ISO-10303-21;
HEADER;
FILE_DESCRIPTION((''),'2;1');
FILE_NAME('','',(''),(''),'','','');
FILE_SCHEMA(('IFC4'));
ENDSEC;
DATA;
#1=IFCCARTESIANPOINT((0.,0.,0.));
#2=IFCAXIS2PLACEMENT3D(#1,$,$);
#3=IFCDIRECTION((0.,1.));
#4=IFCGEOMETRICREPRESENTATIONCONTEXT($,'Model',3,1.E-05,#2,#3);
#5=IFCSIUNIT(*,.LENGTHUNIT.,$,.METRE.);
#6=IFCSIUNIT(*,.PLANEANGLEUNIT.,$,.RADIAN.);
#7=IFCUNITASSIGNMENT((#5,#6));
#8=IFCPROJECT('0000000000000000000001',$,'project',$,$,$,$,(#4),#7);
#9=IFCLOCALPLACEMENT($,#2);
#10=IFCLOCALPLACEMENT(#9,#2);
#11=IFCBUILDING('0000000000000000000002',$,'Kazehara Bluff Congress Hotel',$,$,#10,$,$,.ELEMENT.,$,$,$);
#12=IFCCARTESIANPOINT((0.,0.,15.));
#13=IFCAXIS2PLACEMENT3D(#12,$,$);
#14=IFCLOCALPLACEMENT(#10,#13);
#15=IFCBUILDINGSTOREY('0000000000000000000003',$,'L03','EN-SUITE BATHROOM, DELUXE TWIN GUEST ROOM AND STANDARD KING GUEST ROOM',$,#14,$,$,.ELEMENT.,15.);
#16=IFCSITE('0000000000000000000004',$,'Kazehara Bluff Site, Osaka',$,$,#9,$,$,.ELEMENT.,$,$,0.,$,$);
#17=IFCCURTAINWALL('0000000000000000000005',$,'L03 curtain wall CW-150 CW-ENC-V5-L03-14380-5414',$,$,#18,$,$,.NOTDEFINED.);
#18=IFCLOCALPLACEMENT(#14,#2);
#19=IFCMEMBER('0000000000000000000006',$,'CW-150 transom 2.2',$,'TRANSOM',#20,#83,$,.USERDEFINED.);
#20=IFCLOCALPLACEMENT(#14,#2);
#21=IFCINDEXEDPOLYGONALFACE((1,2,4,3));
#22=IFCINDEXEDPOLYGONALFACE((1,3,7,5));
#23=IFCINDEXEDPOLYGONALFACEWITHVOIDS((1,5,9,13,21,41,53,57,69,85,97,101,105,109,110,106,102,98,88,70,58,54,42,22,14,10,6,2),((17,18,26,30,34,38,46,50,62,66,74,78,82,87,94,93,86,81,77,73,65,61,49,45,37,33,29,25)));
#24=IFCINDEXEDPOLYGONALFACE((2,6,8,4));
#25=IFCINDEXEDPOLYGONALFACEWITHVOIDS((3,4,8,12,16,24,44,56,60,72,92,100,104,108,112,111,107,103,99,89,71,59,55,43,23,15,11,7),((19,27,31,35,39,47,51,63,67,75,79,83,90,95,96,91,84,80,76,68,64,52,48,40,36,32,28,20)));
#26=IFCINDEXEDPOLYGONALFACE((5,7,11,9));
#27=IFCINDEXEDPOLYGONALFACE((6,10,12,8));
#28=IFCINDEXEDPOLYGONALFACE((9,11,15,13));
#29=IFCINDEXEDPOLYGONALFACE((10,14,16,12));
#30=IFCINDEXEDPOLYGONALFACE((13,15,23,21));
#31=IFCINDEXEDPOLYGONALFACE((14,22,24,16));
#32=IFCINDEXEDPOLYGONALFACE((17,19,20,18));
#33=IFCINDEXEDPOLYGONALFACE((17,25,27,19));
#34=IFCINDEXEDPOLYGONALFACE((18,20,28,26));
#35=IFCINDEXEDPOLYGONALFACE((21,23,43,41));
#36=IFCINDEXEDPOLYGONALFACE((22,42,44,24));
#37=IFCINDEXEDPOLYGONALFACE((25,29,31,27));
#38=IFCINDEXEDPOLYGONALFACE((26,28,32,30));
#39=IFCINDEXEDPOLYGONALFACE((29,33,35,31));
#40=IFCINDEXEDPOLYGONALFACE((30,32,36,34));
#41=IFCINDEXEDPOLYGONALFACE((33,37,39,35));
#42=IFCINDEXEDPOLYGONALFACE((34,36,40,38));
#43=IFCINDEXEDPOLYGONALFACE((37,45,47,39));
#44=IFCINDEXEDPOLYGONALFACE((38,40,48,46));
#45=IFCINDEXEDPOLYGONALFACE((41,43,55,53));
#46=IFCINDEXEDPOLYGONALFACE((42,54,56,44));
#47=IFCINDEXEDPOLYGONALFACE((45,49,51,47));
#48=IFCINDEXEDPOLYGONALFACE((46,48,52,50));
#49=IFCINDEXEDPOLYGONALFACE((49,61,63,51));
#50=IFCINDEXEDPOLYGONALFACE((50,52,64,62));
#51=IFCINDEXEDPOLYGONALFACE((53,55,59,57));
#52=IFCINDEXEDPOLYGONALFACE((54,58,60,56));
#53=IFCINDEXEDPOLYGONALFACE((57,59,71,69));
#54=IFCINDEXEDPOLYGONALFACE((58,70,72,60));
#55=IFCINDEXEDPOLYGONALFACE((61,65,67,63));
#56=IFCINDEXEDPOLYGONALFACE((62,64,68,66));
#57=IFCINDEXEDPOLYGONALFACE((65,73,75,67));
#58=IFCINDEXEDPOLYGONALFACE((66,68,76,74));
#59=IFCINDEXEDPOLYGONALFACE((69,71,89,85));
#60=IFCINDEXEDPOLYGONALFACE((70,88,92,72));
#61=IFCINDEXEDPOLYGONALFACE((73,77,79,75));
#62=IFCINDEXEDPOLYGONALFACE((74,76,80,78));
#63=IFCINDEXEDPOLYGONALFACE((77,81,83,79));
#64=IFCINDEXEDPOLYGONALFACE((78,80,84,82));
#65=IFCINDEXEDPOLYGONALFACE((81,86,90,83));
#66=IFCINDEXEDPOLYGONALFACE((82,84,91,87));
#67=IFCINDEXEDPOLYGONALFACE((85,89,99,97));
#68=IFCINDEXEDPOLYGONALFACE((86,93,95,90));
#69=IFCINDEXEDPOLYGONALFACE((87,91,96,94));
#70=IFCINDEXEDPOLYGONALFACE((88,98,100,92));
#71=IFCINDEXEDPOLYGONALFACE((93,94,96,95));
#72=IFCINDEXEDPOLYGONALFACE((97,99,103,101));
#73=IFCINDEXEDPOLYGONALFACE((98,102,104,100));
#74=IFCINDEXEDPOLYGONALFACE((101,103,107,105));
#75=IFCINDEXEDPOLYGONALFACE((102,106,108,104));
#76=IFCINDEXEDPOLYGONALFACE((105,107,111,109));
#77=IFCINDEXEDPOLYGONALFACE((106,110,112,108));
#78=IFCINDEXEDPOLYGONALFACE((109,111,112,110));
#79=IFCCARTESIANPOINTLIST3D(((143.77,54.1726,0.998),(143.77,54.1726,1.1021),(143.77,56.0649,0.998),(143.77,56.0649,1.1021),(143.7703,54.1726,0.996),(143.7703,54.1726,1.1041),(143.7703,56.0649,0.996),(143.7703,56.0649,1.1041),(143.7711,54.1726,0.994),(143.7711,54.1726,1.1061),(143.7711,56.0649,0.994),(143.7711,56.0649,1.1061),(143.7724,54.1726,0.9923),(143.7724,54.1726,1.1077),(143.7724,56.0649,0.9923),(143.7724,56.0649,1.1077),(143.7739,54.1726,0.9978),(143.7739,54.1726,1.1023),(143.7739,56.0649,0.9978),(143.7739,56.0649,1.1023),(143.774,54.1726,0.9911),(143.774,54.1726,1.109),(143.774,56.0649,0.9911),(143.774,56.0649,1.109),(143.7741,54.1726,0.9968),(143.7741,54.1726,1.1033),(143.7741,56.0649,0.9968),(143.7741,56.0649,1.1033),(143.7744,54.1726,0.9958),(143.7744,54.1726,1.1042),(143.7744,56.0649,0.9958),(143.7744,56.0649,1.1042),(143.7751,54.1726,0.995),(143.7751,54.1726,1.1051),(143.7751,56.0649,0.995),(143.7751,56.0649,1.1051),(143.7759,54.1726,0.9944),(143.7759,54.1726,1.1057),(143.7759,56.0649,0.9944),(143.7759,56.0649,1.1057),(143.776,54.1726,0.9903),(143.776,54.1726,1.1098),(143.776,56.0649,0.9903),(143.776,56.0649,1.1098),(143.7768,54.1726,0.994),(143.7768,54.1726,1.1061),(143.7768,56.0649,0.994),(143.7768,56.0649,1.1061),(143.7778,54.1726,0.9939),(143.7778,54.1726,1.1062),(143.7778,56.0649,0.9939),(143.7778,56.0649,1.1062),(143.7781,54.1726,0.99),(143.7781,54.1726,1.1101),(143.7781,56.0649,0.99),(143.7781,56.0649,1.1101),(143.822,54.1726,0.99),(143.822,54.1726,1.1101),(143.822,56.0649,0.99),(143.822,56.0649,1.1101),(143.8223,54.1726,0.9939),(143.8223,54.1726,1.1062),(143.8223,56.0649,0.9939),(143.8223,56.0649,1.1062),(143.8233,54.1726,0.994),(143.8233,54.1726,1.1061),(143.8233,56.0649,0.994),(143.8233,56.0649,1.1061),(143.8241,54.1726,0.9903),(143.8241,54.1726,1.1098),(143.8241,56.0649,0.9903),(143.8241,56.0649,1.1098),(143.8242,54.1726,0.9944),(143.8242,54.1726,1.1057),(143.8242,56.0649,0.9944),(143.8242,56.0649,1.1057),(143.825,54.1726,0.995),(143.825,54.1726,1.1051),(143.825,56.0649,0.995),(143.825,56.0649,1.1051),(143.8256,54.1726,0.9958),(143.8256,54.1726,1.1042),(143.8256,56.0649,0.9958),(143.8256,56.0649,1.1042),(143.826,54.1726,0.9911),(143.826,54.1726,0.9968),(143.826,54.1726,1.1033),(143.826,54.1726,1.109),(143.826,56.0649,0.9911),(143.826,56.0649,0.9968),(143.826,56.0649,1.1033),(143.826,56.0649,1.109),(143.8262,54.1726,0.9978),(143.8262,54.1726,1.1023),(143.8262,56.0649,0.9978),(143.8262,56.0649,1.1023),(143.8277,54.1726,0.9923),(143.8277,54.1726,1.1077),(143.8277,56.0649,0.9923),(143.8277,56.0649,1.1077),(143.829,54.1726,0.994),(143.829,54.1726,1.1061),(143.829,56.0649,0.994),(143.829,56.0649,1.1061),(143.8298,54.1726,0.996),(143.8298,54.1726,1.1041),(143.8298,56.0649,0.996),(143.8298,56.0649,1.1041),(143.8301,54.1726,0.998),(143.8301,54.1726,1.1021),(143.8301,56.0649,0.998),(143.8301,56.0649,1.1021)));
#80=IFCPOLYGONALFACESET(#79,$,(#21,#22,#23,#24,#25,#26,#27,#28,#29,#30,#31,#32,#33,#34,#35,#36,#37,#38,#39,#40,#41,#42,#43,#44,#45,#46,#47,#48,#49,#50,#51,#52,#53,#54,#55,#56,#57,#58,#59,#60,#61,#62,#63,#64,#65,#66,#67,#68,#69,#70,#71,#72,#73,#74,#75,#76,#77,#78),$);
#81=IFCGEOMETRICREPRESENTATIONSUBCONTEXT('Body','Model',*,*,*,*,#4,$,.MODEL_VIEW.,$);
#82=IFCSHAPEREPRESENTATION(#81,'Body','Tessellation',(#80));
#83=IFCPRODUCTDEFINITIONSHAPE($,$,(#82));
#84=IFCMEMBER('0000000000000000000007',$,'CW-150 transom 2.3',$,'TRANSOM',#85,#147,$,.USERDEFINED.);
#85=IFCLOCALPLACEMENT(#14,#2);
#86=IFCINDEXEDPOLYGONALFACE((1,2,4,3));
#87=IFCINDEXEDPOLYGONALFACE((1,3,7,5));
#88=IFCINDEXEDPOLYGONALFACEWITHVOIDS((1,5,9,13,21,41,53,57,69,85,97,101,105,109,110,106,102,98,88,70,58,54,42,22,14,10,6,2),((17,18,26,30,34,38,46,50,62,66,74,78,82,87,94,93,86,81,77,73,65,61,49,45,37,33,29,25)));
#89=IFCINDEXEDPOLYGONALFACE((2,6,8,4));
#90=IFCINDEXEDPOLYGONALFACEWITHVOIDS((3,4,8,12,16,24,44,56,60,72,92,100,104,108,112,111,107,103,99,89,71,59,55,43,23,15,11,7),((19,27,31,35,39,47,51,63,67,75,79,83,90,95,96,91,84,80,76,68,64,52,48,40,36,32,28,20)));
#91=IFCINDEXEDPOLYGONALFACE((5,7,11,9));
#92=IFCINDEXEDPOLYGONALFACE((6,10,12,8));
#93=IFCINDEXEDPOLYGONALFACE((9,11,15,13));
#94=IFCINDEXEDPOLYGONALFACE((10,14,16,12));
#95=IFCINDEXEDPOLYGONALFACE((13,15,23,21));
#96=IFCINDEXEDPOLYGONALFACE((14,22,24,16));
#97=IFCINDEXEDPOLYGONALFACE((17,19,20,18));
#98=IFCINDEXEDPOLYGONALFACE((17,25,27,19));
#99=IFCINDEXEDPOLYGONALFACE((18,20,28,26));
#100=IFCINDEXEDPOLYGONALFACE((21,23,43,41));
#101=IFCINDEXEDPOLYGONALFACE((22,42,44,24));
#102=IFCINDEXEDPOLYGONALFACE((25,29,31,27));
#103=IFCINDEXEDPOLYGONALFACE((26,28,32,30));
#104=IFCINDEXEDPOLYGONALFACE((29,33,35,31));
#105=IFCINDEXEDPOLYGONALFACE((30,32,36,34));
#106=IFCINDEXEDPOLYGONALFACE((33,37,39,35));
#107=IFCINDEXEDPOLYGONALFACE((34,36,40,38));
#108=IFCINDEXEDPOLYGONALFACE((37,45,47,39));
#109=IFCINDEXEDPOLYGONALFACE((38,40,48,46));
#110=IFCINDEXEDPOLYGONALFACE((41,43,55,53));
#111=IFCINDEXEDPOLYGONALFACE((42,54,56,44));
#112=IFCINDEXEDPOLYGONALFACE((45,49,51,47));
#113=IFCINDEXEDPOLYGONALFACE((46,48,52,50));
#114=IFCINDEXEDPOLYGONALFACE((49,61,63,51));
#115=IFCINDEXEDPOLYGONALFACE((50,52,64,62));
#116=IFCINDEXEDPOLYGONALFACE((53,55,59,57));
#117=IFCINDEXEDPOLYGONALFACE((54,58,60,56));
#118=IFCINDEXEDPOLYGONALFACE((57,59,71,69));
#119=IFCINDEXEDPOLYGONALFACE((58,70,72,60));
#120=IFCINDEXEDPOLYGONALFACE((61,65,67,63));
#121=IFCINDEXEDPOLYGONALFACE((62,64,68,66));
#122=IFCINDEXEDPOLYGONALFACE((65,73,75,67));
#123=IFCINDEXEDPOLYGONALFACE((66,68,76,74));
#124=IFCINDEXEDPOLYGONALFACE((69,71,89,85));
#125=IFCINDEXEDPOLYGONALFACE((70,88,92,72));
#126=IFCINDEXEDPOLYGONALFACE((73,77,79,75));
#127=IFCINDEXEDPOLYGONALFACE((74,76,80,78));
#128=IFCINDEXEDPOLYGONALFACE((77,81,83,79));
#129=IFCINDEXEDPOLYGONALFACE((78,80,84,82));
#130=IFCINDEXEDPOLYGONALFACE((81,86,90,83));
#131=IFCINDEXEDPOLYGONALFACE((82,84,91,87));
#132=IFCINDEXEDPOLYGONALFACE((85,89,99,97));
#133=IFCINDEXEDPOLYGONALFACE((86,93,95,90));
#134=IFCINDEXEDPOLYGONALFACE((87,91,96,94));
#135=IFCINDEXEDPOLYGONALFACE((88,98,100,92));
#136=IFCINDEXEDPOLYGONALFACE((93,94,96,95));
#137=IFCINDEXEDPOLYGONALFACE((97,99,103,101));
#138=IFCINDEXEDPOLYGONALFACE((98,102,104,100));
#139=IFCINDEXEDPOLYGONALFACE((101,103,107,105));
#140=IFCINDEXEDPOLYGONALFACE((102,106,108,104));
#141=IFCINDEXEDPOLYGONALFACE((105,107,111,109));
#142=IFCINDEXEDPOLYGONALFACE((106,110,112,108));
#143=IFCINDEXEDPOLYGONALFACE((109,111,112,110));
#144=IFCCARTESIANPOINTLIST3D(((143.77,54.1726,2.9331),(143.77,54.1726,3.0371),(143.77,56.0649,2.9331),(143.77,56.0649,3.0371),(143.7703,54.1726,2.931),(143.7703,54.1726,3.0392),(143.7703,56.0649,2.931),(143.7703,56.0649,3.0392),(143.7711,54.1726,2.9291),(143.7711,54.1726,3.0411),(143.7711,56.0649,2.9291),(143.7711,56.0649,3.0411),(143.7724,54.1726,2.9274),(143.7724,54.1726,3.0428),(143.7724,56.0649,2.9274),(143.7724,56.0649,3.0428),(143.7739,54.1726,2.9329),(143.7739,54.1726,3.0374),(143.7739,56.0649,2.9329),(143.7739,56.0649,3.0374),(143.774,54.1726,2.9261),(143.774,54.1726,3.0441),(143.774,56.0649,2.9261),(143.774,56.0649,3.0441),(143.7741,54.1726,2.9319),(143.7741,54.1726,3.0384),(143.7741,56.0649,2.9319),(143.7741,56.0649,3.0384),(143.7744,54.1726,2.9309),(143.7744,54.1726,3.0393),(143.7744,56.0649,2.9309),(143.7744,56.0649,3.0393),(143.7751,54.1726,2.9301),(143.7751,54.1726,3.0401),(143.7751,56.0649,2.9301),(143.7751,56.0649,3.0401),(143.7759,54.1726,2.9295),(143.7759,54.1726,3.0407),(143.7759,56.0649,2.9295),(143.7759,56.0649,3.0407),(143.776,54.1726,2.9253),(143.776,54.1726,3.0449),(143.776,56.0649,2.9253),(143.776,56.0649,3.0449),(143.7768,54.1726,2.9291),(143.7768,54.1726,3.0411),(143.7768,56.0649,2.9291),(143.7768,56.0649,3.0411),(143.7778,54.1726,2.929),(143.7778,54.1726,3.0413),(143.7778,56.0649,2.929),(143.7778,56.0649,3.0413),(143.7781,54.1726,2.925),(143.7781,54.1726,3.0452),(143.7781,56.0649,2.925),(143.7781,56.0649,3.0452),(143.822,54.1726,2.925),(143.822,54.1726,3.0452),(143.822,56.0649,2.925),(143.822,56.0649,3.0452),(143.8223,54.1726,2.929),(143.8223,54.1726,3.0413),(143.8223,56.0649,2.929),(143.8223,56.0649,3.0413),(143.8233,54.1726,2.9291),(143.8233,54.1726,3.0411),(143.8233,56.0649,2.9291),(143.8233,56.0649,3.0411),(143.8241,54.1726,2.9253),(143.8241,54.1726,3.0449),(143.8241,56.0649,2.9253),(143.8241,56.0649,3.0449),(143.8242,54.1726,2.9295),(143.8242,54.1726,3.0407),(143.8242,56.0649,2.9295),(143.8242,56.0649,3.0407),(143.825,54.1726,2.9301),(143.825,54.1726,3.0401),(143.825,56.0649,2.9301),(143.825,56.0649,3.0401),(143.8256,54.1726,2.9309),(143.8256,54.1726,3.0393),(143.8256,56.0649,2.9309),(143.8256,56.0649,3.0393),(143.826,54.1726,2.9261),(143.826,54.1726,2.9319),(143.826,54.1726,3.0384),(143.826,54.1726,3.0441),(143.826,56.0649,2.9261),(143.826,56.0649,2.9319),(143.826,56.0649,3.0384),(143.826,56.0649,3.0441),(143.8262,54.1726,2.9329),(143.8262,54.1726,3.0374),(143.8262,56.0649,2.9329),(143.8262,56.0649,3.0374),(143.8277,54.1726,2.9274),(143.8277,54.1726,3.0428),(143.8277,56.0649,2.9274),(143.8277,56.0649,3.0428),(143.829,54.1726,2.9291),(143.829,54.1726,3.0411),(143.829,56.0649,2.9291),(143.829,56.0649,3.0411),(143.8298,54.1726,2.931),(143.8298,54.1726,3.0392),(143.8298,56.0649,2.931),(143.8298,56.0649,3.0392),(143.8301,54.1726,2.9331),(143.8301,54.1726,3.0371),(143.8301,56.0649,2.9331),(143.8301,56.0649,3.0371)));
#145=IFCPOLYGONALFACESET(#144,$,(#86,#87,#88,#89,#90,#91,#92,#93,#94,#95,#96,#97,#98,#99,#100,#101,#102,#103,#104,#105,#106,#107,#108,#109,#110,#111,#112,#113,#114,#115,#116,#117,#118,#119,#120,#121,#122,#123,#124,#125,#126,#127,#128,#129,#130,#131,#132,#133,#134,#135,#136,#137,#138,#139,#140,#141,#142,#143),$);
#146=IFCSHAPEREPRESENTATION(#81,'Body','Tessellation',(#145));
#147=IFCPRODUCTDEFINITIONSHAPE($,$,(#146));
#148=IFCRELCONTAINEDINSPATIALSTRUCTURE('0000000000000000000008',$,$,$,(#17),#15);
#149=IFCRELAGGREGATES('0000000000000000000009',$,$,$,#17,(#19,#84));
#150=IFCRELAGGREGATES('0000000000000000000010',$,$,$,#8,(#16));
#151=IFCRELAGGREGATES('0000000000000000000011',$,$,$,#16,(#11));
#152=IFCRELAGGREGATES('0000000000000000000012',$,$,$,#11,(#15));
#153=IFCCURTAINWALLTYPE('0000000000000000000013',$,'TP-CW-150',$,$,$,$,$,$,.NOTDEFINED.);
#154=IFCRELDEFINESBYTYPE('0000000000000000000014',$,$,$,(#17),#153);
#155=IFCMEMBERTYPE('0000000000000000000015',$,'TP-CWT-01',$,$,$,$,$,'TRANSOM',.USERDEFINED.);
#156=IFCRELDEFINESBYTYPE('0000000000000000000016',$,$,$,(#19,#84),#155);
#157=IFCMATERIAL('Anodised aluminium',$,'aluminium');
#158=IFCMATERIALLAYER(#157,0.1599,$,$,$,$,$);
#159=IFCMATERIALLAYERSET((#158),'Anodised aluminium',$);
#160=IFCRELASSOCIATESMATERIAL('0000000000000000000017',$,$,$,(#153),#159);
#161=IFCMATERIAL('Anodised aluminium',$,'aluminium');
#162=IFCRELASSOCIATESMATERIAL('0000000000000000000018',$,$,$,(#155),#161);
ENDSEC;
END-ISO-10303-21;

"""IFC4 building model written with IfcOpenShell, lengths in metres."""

from ifc_helpers import new_model, si_unit, direction, frame, origin, origin_2d, place, context, subcontext, project, spatial, hollow_rectangle, extrude, material, layer, layer_set, material_profile, profile_set, type_object, element, aggregate, save


model = new_model("IFC4")

# Units and contexts
model_context = context("Model", 3, precision=1e-05, world=origin(), true_north=direction((0.0, 1.0)))
body_context = subcontext(model_context, "Body", "Model", "MODEL_VIEW")
ifc_project = project(units=[si_unit("LENGTHUNIT", "METRE"), si_unit("PLANEANGLEUNIT", "RADIAN")], contexts=[model_context])

# Site, building, storey
site_placement = place(None, origin())
site = spatial("IfcSite", under=ifc_project, at=site_placement, Name="Kazehara Bluff Site, Osaka", CompositionType="ELEMENT", RefElevation=0.0)
building_placement = place(site_placement, origin())
building = spatial("IfcBuilding", under=site, at=building_placement, Name="Kazehara Bluff Congress Hotel", CompositionType="ELEMENT")
storey_placement = place(building_placement, frame((0.0, 0.0, 15.0)))
storey = spatial("IfcBuildingStorey", under=building, at=storey_placement, Name="L03", Description="EN-SUITE BATHROOM, DELUXE TWIN GUEST ROOM AND STANDARD KING GUEST ROOM", CompositionType="ELEMENT", Elevation=15.0)

# Curtain wall
ifc_material_1 = material(Name="Anodised aluminium", Category="aluminium")
ifc_layer_1 = layer(ifc_material_1, 0.1599)
ifc_layer_set_1 = layer_set([ifc_layer_1], Name="Anodised aluminium")
curtain_wall_type_1 = type_object("IfcCurtainWallType", Name="TP-CW-150", PredefinedType="NOTDEFINED", material=ifc_layer_set_1)
curtain_wall_1_placement = place(storey_placement, origin())
curtain_wall_1 = element("IfcCurtainWall", 1, at=curtain_wall_1_placement, inside=storey, type_object=curtain_wall_type_1, Name="L03 curtain wall CW-150 CW-ENC-V5-L03-14380-5414", PredefinedType="NOTDEFINED")

# Members
ifc_material_2 = material(Name="Anodised aluminium", Category="aluminium")
ifc_material_profile_1 = material_profile(ifc_material_2, hollow_rectangle(XDim=0.0601, YDim=0.1201, WallThickness=0.0039, InnerFilletRadius=0.0039, OuterFilletRadius=0.0081, at=origin_2d()))
ifc_profile_set_1 = profile_set([ifc_material_profile_1], Name="Anodised aluminium")
member_type_1 = type_object("IfcMemberType", Name="TP-CWT-01", ElementType="TRANSOM", PredefinedType="USERDEFINED", material=ifc_profile_set_1)
member_1_placement = place(storey_placement, frame((143.8, 54.1726, 1.05), z_axis=(0.0, 1.0, 0.0), x_axis=(-1.0, 0.0, 0.0)))
member_1 = element("IfcMember", 2, at=member_1_placement, type_object=member_type_1, Name="CW-150 transom 2.2", ObjectType="TRANSOM", PredefinedType="USERDEFINED", context=body_context, shape_type="SweptSolid", body=[
    extrude(hollow_rectangle(XDim=0.0601, YDim=0.1201, WallThickness=0.0039, InnerFilletRadius=0.0039, OuterFilletRadius=0.0081, at=origin_2d()), origin(), (0.0, 0.0, 1.0), 1.8923),
])
member_2_placement = place(storey_placement, frame((143.8, 54.1726, 2.9851), z_axis=(0.0, 1.0, 0.0), x_axis=(-1.0, 0.0, 0.0)))
member_2 = element("IfcMember", 3, at=member_2_placement, type_object=member_type_1, Name="CW-150 transom 2.3", ObjectType="TRANSOM", PredefinedType="USERDEFINED", context=body_context, shape_type="SweptSolid", body=[
    extrude(hollow_rectangle(XDim=0.0601, YDim=0.1201, WallThickness=0.0039, InnerFilletRadius=0.0039, OuterFilletRadius=0.0081, at=origin_2d()), origin(), (0.0, 0.0, 1.0), 1.8923),
])

aggregate(curtain_wall_1, [member_1, member_2])

save(model, "model.ifc")
